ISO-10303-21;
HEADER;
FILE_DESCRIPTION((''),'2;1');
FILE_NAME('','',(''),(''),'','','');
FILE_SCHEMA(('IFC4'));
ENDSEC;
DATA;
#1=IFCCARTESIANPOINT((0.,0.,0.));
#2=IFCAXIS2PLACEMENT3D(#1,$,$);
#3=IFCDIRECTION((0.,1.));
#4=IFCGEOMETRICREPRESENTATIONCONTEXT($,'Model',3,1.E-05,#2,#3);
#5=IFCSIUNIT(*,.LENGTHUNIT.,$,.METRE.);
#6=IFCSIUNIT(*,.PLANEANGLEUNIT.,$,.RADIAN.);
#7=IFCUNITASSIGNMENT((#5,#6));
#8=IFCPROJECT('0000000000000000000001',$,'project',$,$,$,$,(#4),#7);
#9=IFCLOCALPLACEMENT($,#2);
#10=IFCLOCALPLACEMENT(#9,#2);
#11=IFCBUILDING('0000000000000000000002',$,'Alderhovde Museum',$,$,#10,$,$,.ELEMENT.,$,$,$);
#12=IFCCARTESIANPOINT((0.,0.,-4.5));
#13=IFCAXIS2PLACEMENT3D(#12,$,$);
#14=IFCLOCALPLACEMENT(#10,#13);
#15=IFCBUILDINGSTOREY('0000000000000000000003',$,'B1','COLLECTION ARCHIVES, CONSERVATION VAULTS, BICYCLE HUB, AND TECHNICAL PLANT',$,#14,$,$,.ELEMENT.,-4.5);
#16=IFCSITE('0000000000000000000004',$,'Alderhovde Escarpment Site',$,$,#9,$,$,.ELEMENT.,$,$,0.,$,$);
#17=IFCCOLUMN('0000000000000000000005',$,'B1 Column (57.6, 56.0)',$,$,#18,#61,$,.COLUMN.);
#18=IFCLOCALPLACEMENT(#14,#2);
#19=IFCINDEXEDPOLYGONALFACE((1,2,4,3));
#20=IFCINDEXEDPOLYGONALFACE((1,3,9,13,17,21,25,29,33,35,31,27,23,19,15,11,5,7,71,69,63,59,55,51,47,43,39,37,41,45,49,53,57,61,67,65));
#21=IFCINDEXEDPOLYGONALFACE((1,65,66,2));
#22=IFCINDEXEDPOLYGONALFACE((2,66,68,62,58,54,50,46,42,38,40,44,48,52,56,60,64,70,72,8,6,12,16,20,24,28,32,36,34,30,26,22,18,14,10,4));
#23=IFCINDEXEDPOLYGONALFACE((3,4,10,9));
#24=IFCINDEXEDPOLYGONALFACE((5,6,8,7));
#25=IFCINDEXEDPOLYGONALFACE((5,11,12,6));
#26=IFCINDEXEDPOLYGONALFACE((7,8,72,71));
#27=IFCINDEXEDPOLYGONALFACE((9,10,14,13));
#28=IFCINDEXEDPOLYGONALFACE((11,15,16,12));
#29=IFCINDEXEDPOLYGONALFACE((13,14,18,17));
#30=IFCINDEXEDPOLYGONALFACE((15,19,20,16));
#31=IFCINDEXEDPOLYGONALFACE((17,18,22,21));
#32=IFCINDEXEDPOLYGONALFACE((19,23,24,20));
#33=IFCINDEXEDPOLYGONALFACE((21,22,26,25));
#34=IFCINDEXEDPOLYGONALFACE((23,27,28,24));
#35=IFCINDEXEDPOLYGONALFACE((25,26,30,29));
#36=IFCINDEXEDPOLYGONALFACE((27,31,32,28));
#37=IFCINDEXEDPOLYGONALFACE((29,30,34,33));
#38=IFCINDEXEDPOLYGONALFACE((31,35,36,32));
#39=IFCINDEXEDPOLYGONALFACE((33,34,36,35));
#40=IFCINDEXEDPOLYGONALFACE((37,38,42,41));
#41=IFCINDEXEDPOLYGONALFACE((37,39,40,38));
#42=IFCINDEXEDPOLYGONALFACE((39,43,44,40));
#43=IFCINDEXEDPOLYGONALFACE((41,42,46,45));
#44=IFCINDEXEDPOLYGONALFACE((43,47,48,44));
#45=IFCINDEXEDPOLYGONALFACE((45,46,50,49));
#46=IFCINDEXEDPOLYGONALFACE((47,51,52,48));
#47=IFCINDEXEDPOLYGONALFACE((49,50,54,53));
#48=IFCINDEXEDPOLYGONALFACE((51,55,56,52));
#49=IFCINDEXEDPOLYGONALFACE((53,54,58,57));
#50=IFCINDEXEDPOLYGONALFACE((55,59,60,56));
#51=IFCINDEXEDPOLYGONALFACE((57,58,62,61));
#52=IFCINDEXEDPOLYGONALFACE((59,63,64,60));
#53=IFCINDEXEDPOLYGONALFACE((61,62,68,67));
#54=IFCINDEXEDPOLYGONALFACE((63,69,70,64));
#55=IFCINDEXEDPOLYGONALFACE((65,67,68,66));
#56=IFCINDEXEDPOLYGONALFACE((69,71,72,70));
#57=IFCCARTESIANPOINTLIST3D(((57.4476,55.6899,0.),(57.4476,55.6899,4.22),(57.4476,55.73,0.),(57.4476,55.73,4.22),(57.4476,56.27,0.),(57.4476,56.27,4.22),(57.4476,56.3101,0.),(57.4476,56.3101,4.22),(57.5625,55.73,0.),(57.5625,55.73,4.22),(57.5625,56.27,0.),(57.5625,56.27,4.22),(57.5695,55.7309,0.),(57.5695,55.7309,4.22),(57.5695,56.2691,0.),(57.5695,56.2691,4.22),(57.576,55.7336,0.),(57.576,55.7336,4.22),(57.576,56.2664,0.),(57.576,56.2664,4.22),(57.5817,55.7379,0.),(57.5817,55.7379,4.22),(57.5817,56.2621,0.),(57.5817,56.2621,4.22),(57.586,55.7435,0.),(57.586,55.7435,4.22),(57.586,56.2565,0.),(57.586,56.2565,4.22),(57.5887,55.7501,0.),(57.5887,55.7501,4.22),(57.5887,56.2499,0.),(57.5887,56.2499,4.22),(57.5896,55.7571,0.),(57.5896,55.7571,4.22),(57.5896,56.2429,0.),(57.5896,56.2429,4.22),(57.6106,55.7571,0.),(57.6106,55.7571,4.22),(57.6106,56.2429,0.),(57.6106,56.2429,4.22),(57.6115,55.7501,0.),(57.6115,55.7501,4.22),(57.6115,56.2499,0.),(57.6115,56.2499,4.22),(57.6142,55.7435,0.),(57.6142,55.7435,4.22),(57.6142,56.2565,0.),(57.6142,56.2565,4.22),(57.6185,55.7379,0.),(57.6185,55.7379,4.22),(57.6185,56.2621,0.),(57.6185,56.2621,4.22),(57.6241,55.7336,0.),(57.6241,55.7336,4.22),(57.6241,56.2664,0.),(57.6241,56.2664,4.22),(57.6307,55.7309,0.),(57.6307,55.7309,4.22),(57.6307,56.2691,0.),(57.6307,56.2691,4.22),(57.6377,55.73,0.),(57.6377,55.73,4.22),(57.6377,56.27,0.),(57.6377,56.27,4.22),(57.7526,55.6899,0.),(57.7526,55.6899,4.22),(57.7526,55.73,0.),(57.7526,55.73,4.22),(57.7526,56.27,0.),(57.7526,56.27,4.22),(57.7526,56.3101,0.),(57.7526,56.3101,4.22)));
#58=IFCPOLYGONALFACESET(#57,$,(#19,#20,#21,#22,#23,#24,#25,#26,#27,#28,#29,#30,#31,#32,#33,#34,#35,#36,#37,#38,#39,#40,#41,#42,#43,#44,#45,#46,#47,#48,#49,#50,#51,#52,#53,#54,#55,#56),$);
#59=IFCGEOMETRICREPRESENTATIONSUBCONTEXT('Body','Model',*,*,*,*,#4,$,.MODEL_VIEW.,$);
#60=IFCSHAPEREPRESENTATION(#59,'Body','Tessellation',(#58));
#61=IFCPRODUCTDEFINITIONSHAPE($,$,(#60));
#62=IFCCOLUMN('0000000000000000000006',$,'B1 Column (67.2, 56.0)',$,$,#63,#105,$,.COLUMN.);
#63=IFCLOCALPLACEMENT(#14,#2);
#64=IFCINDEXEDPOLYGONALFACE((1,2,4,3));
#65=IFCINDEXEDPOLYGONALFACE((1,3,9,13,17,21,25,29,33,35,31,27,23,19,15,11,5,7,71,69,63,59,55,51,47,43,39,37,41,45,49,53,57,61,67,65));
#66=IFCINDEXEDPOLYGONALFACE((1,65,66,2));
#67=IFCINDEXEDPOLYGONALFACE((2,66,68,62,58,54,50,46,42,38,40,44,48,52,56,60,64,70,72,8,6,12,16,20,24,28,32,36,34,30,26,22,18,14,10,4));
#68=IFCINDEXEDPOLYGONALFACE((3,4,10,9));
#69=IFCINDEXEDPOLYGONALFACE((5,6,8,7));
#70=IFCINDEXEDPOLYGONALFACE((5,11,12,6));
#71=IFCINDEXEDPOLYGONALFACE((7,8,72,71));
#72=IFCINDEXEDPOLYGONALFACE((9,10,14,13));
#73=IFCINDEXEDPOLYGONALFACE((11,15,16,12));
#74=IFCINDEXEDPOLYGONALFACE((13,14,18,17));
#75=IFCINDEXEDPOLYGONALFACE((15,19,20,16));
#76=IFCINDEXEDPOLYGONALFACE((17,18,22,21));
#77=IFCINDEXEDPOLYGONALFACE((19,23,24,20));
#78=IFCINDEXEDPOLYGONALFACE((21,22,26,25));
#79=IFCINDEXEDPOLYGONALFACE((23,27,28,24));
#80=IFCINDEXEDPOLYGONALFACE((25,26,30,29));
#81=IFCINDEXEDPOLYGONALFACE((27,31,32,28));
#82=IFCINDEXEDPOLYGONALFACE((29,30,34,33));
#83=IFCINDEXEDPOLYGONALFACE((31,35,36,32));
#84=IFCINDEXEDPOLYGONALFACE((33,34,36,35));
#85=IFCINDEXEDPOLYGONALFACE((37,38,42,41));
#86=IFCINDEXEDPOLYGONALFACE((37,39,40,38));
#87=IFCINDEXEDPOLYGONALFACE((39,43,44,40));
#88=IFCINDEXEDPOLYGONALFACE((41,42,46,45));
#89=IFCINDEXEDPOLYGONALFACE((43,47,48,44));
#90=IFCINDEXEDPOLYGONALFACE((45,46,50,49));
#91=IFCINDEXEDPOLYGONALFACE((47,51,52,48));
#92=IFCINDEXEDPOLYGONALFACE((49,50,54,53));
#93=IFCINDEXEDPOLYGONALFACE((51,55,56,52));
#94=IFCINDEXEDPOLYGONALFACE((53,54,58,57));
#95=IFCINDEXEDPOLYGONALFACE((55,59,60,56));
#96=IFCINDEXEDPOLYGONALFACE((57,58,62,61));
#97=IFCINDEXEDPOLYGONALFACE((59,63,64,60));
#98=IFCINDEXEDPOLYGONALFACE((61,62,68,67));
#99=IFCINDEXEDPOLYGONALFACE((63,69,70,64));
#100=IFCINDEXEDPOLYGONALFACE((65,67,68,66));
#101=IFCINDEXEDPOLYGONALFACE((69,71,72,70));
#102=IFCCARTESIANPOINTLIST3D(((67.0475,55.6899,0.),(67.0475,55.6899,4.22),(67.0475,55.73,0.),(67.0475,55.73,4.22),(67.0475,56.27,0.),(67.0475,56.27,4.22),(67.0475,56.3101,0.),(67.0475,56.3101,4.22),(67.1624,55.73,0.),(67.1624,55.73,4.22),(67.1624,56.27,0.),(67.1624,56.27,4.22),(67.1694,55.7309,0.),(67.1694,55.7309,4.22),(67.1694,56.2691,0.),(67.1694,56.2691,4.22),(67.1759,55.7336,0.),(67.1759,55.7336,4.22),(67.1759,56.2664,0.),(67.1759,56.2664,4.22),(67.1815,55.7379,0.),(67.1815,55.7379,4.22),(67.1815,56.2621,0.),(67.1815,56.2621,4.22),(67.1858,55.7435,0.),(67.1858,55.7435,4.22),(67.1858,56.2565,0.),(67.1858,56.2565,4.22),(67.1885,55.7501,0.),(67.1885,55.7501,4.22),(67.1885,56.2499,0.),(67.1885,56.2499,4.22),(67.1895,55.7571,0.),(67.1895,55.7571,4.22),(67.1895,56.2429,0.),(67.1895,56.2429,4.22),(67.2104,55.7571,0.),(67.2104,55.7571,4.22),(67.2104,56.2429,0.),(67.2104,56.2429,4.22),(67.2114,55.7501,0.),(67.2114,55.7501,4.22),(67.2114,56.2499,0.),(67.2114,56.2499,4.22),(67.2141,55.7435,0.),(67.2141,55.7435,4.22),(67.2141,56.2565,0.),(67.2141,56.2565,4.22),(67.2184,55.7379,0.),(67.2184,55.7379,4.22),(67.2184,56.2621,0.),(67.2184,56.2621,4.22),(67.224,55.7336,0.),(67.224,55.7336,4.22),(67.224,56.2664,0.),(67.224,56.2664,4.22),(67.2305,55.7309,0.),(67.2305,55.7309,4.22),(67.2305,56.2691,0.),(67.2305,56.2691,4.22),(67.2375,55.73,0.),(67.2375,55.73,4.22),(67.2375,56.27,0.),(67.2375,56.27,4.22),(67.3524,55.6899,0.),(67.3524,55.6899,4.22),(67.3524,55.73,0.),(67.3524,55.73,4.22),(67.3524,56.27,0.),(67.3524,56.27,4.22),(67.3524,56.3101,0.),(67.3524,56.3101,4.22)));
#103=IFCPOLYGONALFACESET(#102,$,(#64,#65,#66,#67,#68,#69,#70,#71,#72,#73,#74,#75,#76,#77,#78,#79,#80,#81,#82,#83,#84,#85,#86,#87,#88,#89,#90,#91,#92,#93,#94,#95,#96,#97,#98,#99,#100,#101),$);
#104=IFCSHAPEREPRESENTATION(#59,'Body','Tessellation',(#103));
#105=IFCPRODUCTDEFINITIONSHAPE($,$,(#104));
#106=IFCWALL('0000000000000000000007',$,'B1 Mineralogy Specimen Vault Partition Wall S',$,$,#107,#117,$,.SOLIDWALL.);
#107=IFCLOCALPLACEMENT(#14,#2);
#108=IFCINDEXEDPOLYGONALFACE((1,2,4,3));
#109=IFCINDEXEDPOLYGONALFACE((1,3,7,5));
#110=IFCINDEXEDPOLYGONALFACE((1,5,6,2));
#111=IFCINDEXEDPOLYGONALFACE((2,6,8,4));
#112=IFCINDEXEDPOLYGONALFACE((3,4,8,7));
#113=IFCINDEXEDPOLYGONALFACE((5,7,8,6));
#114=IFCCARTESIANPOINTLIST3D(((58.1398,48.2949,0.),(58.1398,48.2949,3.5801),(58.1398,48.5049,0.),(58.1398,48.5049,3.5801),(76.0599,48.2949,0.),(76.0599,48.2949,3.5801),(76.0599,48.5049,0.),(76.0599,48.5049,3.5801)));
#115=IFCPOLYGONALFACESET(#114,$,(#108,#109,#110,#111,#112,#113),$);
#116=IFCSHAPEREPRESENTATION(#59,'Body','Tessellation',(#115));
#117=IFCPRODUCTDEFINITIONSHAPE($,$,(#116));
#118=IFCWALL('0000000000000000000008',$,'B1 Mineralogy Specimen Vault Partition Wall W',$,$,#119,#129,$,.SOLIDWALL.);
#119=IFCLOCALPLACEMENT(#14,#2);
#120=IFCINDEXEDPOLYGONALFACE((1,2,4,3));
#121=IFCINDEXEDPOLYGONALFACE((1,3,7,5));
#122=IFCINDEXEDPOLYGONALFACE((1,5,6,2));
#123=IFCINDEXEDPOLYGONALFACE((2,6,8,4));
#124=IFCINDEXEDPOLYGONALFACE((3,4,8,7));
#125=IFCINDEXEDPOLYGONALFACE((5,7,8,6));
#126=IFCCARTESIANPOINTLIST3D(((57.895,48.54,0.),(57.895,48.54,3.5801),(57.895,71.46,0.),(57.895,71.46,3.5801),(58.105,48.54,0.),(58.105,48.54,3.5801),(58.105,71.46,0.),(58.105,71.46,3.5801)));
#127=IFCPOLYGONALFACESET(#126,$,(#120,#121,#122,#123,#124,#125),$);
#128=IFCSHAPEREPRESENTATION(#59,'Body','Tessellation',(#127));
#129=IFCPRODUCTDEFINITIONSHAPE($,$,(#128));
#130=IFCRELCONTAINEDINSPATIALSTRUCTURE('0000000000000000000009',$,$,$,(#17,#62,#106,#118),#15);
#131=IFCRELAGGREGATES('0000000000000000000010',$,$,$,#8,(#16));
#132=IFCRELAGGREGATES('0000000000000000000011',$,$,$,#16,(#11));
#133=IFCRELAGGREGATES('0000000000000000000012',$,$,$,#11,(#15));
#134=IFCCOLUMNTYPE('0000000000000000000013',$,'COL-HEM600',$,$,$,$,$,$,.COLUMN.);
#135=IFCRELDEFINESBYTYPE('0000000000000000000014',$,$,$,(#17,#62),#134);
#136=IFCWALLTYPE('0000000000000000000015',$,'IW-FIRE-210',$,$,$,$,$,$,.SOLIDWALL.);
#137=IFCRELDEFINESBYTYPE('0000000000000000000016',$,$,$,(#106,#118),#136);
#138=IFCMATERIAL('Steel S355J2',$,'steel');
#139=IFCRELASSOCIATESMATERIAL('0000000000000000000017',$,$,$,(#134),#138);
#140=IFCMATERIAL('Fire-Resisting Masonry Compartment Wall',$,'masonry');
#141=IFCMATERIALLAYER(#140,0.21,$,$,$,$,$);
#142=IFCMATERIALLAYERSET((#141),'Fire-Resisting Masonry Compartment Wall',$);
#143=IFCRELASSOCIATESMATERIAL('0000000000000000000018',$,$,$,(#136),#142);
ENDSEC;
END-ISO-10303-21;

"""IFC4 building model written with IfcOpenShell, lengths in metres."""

from ifc_helpers import new_model, si_unit, direction, frame, frame_2d, origin, origin_2d, place, context, subcontext, project, spatial, rectangle, i_section, extrude, material, layer, layer_set, material_profile, profile_set, type_object, element, save


model = new_model("IFC4")

# Units and contexts
model_context = context("Model", 3, precision=1e-05, world=origin(), true_north=direction((0.0, 1.0)))
body_context = subcontext(model_context, "Body", "Model", "MODEL_VIEW")
ifc_project = project(units=[si_unit("LENGTHUNIT", "METRE"), si_unit("PLANEANGLEUNIT", "RADIAN")], contexts=[model_context])

# Site, building, storey
site_placement = place(None, origin())
site = spatial("IfcSite", under=ifc_project, at=site_placement, Name="Alderhovde Escarpment Site", CompositionType="ELEMENT", RefElevation=0.0)
building_placement = place(site_placement, origin())
building = spatial("IfcBuilding", under=site, at=building_placement, Name="Alderhovde Museum", CompositionType="ELEMENT")
storey_placement = place(building_placement, frame((0.0, 0.0, -4.5)))
storey = spatial("IfcBuildingStorey", under=building, at=storey_placement, Name="B1", Description="COLLECTION ARCHIVES, CONSERVATION VAULTS, BICYCLE HUB, AND TECHNICAL PLANT", CompositionType="ELEMENT", Elevation=-4.5)

# Columns
ifc_material_1 = material(Name="Steel S355J2", Category="steel")
ifc_material_profile_1 = material_profile(ifc_material_1, i_section(OverallWidth=0.3049, OverallDepth=0.6201, WebThickness=0.021, FlangeThickness=0.04, FilletRadius=0.0271, at=origin_2d()), Name="HEM 600")
ifc_profile_set_1 = profile_set([ifc_material_profile_1], Name="Steel S355J2")
column_type_1 = type_object("IfcColumnType", Name="COL-HEM600", PredefinedType="COLUMN", material=ifc_profile_set_1)
for number, where, z_axis, x_axis, name in (
    (1, (57.6001, 56.0, 0.0), (0.0, 0.0, 1.0), (1.0, 0.0, 0.0), "B1 Column (57.6, 56.0)"),
    (2, (67.2, 56.0, 0.0), (0.0, 0.0, 1.0), (1.0, 0.0, 0.0), "B1 Column (67.2, 56.0)"),
):
    element("IfcColumn", number, at=place(storey_placement, frame(where, z_axis=z_axis, x_axis=x_axis)), inside=storey, type_object=column_type_1, Name=name, PredefinedType="COLUMN", context=body_context, shape_type="SweptSolid", body=[
        extrude(i_section(OverallWidth=0.3049, OverallDepth=0.6201, WebThickness=0.021, FlangeThickness=0.04, FilletRadius=0.0271, at=origin_2d()), origin(), (0.0, 0.0, 1.0), 4.22),
    ])

# Walls
ifc_material_2 = material(Name="Fire-Resisting Masonry Compartment Wall", Category="masonry")
ifc_layer = layer(ifc_material_2, 0.21)
ifc_layer_set = layer_set([ifc_layer], Name="Fire-Resisting Masonry Compartment Wall")
wall_type = type_object("IfcWallType", Name="IW-FIRE-210", PredefinedType="SOLIDWALL", material=ifc_layer_set)
wall_1_placement = place(storey_placement, frame((58.1399, 48.3999, 0.0), z_axis=(0.0, 0.0, 1.0), x_axis=(1.0, 0.0, 0.0)))
element("IfcWall", 3, at=wall_1_placement, inside=storey, type_object=wall_type, Name="B1 Mineralogy Specimen Vault Partition Wall S", PredefinedType="SOLIDWALL", context=body_context, shape_type="SweptSolid", body=[
    extrude(rectangle(XDim=17.9202, YDim=0.21, at=frame_2d((8.96, 0.0))), origin(), (0.0, 0.0, 1.0), 3.5801),
])
wall_2_placement = place(storey_placement, frame((58.0, 48.54, 0.0), z_axis=(0.0, 0.0, 1.0), x_axis=(0.0, 1.0, 0.0)))
element("IfcWall", 4, at=wall_2_placement, inside=storey, type_object=wall_type, Name="B1 Mineralogy Specimen Vault Partition Wall W", PredefinedType="SOLIDWALL", context=body_context, shape_type="SweptSolid", body=[
    extrude(rectangle(XDim=22.9199, YDim=0.21, at=frame_2d((11.46, 0.0))), origin(), (0.0, 0.0, 1.0), 3.5801),
])

save(model, "model.ifc")
